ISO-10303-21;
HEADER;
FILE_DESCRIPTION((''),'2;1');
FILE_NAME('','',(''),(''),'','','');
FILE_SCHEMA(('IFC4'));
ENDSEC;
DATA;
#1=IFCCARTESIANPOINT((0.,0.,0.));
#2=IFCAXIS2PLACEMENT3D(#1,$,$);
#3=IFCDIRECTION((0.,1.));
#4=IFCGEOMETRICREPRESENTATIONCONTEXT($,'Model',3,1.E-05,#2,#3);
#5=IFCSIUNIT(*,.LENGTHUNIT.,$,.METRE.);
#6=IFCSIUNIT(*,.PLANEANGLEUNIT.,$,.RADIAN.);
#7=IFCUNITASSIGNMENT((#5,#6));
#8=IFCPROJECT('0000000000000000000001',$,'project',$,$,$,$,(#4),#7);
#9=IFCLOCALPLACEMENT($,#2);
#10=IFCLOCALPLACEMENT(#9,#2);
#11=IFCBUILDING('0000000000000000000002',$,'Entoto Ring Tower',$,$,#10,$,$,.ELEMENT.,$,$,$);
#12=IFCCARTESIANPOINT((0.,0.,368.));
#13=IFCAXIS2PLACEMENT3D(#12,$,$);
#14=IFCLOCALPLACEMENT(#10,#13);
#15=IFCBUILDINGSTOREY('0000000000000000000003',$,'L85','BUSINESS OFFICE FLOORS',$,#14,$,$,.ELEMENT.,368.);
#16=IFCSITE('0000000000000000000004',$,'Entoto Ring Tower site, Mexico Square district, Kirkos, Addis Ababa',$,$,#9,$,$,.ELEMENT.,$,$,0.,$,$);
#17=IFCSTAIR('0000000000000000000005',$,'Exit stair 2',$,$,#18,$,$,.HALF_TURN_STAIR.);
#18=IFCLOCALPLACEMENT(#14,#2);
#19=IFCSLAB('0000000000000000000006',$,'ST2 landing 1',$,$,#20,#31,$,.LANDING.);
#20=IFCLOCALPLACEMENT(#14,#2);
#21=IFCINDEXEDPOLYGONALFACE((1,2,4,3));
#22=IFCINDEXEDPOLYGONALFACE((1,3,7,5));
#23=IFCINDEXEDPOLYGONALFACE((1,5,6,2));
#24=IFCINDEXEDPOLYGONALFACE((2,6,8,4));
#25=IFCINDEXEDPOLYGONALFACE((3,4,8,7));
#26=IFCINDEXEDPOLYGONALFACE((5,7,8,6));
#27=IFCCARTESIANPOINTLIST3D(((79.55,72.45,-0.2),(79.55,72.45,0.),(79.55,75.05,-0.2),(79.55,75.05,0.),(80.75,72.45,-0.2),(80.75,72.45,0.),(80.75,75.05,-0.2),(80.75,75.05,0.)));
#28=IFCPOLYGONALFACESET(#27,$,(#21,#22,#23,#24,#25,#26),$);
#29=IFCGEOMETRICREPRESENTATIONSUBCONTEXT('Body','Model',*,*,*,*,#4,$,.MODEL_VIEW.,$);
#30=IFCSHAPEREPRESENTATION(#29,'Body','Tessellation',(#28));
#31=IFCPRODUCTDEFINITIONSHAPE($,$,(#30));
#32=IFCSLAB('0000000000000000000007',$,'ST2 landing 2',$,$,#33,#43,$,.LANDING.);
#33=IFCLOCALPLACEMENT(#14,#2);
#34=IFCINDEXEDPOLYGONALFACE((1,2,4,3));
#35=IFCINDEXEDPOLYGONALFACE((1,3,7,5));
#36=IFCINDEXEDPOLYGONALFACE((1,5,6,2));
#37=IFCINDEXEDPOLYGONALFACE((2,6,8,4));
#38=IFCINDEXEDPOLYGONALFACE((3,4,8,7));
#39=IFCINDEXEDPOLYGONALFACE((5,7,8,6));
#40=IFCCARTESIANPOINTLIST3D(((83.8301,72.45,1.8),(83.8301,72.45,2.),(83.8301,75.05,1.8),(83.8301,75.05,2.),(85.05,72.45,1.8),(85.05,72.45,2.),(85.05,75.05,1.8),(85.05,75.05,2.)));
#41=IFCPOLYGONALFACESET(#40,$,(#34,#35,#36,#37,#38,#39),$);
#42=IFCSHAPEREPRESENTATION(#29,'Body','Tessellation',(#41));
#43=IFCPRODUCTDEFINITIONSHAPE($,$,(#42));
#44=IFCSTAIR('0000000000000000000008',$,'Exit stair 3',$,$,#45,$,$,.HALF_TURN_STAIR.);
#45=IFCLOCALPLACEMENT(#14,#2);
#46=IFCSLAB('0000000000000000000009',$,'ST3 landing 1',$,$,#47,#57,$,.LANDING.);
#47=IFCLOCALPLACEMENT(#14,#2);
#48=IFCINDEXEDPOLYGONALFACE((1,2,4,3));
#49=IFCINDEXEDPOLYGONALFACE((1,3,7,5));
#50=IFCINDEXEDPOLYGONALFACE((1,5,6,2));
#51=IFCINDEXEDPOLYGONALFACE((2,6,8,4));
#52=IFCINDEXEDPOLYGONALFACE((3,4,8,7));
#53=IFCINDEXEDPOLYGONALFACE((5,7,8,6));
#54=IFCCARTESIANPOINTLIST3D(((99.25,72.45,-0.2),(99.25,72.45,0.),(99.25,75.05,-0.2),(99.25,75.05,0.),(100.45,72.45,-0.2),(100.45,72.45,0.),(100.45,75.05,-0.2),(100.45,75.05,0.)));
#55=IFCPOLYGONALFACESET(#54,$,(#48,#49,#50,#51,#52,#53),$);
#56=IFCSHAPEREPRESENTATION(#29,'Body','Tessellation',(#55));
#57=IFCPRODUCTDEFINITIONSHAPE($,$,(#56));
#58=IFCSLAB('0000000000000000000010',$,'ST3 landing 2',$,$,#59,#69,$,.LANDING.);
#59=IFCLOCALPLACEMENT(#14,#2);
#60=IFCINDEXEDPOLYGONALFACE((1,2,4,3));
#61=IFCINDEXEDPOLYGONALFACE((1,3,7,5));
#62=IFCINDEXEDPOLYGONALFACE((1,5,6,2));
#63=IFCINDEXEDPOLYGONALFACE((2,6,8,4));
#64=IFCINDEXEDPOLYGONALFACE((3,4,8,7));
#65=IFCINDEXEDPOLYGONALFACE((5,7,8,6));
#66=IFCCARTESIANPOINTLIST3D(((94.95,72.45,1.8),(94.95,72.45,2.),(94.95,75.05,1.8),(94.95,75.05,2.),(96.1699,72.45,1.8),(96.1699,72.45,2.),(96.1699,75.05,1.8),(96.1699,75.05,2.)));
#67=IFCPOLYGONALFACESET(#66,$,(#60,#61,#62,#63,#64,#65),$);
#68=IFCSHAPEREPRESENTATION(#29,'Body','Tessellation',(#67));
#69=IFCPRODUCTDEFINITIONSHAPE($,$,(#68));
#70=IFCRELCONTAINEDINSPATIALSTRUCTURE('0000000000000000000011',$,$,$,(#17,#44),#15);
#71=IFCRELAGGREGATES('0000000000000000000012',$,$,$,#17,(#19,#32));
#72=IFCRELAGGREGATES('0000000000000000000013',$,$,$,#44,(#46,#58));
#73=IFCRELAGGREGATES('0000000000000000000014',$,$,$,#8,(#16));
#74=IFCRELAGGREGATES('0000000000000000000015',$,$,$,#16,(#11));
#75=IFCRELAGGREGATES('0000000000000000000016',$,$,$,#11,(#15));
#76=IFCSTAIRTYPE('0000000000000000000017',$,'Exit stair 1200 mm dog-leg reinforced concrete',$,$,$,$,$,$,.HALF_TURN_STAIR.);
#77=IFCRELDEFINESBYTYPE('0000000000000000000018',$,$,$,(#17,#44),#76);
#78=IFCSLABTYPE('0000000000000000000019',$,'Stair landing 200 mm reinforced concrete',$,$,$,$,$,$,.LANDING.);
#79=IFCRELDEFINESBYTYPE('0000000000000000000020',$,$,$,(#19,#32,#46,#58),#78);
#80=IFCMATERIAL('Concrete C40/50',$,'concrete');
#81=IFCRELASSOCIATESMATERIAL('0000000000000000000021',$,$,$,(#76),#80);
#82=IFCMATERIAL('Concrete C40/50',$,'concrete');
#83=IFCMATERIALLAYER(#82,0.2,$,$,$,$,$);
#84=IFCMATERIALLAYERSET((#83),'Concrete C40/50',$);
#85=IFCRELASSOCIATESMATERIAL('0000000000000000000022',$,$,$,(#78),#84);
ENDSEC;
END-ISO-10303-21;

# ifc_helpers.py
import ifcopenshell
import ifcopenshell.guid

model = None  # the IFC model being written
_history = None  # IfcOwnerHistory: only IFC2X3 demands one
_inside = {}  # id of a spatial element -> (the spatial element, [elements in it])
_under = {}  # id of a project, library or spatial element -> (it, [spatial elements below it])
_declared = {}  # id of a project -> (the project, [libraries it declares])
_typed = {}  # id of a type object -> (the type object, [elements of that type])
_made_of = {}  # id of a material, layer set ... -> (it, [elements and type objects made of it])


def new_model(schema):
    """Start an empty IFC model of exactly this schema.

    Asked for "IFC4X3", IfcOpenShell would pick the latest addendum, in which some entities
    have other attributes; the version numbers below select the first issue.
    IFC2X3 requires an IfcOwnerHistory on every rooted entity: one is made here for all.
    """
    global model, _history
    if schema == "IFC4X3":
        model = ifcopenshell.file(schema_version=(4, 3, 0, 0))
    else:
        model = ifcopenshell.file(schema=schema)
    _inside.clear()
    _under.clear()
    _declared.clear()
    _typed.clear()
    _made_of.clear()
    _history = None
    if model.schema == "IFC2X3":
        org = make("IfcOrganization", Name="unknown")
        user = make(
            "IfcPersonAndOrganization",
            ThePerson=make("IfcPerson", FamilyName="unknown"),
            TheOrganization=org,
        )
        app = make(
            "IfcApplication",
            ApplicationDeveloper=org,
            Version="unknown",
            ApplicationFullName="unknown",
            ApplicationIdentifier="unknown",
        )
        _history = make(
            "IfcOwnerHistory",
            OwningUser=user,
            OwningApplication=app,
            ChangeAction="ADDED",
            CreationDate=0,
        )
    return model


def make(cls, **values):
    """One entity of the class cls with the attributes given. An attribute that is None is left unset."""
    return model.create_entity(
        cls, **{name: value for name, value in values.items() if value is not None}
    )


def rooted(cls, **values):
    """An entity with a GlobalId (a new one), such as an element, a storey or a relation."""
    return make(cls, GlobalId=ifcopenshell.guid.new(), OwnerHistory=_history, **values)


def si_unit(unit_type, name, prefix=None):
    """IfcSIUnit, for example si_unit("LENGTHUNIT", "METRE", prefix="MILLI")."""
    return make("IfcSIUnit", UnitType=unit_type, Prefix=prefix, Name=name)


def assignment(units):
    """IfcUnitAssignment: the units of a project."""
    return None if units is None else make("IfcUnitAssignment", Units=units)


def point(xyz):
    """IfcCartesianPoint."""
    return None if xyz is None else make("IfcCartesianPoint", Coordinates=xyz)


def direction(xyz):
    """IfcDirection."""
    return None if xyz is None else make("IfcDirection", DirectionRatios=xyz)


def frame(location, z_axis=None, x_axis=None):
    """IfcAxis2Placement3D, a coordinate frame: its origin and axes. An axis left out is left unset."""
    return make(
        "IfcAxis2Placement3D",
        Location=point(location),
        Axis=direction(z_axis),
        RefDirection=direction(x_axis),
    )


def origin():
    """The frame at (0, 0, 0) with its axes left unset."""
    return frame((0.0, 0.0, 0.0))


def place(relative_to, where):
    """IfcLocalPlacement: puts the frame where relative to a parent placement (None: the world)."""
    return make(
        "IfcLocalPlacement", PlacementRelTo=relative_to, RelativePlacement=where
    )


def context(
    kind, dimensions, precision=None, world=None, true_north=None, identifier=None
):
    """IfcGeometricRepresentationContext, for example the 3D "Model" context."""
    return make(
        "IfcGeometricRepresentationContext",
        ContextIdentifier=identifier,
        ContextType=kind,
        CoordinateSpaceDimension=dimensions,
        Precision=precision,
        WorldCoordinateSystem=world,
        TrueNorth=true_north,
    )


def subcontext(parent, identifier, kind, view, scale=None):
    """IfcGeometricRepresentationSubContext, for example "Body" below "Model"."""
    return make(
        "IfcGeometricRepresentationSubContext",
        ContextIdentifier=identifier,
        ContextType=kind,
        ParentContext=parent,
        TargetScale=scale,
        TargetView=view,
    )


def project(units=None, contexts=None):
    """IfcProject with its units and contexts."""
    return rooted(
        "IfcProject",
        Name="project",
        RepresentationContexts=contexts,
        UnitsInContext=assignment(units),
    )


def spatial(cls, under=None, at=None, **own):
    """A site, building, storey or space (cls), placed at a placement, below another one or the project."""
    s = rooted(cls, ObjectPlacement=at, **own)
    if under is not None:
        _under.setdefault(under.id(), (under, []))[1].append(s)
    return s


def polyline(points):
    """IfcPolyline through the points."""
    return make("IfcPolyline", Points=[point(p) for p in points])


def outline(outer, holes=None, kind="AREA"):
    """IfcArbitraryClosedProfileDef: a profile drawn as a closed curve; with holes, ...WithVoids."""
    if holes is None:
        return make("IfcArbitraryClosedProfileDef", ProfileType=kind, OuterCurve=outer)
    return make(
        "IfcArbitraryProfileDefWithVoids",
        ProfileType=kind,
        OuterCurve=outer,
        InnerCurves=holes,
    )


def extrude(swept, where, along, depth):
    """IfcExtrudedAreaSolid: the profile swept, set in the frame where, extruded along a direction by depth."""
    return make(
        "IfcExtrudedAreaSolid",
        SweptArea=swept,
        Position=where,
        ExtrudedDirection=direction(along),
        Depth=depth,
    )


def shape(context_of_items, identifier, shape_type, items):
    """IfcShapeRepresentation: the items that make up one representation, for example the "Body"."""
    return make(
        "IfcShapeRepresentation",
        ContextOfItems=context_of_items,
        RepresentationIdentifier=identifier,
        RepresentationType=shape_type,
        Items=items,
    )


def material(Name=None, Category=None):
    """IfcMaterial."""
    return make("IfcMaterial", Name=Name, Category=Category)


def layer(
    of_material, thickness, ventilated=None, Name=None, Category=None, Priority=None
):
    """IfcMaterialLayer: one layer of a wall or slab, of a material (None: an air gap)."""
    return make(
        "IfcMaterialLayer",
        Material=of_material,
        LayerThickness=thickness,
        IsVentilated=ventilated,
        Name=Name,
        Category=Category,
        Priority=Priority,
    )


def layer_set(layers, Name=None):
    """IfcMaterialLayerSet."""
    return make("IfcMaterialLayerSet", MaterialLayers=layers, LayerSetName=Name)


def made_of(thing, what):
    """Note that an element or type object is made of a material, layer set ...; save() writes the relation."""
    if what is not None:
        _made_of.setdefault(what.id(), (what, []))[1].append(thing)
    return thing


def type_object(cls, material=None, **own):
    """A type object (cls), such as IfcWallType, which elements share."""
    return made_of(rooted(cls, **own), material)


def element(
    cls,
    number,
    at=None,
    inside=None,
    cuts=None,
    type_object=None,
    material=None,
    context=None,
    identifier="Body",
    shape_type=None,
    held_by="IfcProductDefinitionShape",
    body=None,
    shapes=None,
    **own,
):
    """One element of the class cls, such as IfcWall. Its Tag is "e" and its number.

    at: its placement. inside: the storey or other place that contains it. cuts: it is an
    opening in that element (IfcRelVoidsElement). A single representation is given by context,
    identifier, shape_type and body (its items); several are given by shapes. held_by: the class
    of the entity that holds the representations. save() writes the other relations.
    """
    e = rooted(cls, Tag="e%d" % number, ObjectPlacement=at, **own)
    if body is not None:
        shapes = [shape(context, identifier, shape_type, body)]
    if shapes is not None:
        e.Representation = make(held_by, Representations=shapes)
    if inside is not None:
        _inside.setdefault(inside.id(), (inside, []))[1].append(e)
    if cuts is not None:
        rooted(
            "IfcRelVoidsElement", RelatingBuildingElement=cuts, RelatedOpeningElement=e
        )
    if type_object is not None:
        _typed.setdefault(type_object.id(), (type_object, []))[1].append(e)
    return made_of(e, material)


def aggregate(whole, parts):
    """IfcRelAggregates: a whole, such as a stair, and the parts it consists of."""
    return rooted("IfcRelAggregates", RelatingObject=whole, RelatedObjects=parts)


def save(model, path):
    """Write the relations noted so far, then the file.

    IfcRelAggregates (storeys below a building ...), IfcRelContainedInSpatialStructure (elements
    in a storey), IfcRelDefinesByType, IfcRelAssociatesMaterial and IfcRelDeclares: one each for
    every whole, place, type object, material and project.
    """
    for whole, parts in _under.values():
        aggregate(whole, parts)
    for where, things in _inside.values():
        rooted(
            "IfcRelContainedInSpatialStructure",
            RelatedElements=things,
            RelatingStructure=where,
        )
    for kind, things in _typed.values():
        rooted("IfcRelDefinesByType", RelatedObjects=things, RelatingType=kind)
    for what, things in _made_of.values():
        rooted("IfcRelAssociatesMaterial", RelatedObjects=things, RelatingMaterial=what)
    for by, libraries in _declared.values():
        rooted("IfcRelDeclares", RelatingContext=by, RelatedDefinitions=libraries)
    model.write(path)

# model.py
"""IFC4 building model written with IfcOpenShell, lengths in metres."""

from ifc_helpers import new_model, si_unit, direction, frame, origin, place, context, subcontext, project, spatial, polyline, outline, extrude, material, layer, layer_set, type_object, element, aggregate, save


model = new_model("IFC4")

# Units and contexts
model_context = context("Model", 3, precision=1e-05, world=origin(), true_north=direction((0.0, 1.0)))
body_context = subcontext(model_context, "Body", "Model", "MODEL_VIEW")
ifc_project = project(units=[si_unit("LENGTHUNIT", "METRE"), si_unit("PLANEANGLEUNIT", "RADIAN")], contexts=[model_context])

# Site, building, storey
site_placement = place(None, origin())
site = spatial("IfcSite", under=ifc_project, at=site_placement, Name="Entoto Ring Tower site, Mexico Square district, Kirkos, Addis Ababa", CompositionType="ELEMENT", RefElevation=0.0)
building_placement = place(site_placement, origin())
building = spatial("IfcBuilding", under=site, at=building_placement, Name="Entoto Ring Tower", CompositionType="ELEMENT")
storey_placement = place(building_placement, frame((0.0, 0.0, 368.0)))
storey = spatial("IfcBuildingStorey", under=building, at=storey_placement, Name="L85", Description="BUSINESS OFFICE FLOORS", CompositionType="ELEMENT", Elevation=368.0)

# Shared definitions
ifc_material_1 = material(Name="Concrete C40/50", Category="concrete")
stair_type = type_object("IfcStairType", Name="Exit stair 1200 mm dog-leg reinforced concrete", PredefinedType="HALF_TURN_STAIR", material=ifc_material_1)
ifc_material_2 = material(Name="Concrete C40/50", Category="concrete")
ifc_layer_1 = layer(ifc_material_2, 0.2)
ifc_layer_set_1 = layer_set([ifc_layer_1], Name="Concrete C40/50")
slab_type_1 = type_object("IfcSlabType", Name="Stair landing 200 mm reinforced concrete", PredefinedType="LANDING", material=ifc_layer_set_1)

# Stairs, slabs
stair_1_placement = place(storey_placement, origin())
stair_1 = element("IfcStair", 1, at=stair_1_placement, inside=storey, type_object=stair_type, Name="Exit stair 2", PredefinedType="HALF_TURN_STAIR")
slab_1_placement = place(storey_placement, frame((0.0, 0.0, -0.2)))
slab_1 = element("IfcSlab", 2, at=slab_1_placement, type_object=slab_type_1, Name="ST2 landing 1", PredefinedType="LANDING", context=body_context, shape_type="SweptSolid", body=[
    extrude(outline(polyline([(80.75, 72.45), (80.75, 75.05), (79.55, 75.05), (79.55, 72.45), (80.75, 72.45)])), origin(), (0.0, 0.0, 1.0), 0.2),
])
slab_2_placement = place(storey_placement, frame((0.0, 0.0, 1.8)))
slab_2 = element("IfcSlab", 3, at=slab_2_placement, type_object=slab_type_1, Name="ST2 landing 2", PredefinedType="LANDING", context=body_context, shape_type="SweptSolid", body=[
    extrude(outline(polyline([(83.8301, 72.45), (85.05, 72.45), (85.05, 75.05), (83.8301, 75.05), (83.8301, 72.45)])), origin(), (0.0, 0.0, 1.0), 0.2),
])
aggregate(stair_1, [slab_1, slab_2])
stair_2_placement = place(storey_placement, origin())
stair_2 = element("IfcStair", 4, at=stair_2_placement, inside=storey, type_object=stair_type, Name="Exit stair 3", PredefinedType="HALF_TURN_STAIR")
slab_3_placement = place(storey_placement, frame((0.0, 0.0, -0.2)))
slab_3 = element("IfcSlab", 5, at=slab_3_placement, type_object=slab_type_1, Name="ST3 landing 1", PredefinedType="LANDING", context=body_context, shape_type="SweptSolid", body=[
    extrude(outline(polyline([(100.45, 72.45), (100.45, 75.05), (99.25, 75.05), (99.25, 72.45), (100.45, 72.45)])), origin(), (0.0, 0.0, 1.0), 0.2),
])
slab_4_placement = place(storey_placement, frame((0.0, 0.0, 1.8)))
slab_4 = element("IfcSlab", 6, at=slab_4_placement, type_object=slab_type_1, Name="ST3 landing 2", PredefinedType="LANDING", context=body_context, shape_type="SweptSolid", body=[
    extrude(outline(polyline([(94.95, 72.45), (96.1699, 72.45), (96.1699, 75.05), (94.95, 75.05), (94.95, 72.45)])), origin(), (0.0, 0.0, 1.0), 0.2),
])
aggregate(stair_2, [slab_3, slab_4])

save(model, "model.ifc")
